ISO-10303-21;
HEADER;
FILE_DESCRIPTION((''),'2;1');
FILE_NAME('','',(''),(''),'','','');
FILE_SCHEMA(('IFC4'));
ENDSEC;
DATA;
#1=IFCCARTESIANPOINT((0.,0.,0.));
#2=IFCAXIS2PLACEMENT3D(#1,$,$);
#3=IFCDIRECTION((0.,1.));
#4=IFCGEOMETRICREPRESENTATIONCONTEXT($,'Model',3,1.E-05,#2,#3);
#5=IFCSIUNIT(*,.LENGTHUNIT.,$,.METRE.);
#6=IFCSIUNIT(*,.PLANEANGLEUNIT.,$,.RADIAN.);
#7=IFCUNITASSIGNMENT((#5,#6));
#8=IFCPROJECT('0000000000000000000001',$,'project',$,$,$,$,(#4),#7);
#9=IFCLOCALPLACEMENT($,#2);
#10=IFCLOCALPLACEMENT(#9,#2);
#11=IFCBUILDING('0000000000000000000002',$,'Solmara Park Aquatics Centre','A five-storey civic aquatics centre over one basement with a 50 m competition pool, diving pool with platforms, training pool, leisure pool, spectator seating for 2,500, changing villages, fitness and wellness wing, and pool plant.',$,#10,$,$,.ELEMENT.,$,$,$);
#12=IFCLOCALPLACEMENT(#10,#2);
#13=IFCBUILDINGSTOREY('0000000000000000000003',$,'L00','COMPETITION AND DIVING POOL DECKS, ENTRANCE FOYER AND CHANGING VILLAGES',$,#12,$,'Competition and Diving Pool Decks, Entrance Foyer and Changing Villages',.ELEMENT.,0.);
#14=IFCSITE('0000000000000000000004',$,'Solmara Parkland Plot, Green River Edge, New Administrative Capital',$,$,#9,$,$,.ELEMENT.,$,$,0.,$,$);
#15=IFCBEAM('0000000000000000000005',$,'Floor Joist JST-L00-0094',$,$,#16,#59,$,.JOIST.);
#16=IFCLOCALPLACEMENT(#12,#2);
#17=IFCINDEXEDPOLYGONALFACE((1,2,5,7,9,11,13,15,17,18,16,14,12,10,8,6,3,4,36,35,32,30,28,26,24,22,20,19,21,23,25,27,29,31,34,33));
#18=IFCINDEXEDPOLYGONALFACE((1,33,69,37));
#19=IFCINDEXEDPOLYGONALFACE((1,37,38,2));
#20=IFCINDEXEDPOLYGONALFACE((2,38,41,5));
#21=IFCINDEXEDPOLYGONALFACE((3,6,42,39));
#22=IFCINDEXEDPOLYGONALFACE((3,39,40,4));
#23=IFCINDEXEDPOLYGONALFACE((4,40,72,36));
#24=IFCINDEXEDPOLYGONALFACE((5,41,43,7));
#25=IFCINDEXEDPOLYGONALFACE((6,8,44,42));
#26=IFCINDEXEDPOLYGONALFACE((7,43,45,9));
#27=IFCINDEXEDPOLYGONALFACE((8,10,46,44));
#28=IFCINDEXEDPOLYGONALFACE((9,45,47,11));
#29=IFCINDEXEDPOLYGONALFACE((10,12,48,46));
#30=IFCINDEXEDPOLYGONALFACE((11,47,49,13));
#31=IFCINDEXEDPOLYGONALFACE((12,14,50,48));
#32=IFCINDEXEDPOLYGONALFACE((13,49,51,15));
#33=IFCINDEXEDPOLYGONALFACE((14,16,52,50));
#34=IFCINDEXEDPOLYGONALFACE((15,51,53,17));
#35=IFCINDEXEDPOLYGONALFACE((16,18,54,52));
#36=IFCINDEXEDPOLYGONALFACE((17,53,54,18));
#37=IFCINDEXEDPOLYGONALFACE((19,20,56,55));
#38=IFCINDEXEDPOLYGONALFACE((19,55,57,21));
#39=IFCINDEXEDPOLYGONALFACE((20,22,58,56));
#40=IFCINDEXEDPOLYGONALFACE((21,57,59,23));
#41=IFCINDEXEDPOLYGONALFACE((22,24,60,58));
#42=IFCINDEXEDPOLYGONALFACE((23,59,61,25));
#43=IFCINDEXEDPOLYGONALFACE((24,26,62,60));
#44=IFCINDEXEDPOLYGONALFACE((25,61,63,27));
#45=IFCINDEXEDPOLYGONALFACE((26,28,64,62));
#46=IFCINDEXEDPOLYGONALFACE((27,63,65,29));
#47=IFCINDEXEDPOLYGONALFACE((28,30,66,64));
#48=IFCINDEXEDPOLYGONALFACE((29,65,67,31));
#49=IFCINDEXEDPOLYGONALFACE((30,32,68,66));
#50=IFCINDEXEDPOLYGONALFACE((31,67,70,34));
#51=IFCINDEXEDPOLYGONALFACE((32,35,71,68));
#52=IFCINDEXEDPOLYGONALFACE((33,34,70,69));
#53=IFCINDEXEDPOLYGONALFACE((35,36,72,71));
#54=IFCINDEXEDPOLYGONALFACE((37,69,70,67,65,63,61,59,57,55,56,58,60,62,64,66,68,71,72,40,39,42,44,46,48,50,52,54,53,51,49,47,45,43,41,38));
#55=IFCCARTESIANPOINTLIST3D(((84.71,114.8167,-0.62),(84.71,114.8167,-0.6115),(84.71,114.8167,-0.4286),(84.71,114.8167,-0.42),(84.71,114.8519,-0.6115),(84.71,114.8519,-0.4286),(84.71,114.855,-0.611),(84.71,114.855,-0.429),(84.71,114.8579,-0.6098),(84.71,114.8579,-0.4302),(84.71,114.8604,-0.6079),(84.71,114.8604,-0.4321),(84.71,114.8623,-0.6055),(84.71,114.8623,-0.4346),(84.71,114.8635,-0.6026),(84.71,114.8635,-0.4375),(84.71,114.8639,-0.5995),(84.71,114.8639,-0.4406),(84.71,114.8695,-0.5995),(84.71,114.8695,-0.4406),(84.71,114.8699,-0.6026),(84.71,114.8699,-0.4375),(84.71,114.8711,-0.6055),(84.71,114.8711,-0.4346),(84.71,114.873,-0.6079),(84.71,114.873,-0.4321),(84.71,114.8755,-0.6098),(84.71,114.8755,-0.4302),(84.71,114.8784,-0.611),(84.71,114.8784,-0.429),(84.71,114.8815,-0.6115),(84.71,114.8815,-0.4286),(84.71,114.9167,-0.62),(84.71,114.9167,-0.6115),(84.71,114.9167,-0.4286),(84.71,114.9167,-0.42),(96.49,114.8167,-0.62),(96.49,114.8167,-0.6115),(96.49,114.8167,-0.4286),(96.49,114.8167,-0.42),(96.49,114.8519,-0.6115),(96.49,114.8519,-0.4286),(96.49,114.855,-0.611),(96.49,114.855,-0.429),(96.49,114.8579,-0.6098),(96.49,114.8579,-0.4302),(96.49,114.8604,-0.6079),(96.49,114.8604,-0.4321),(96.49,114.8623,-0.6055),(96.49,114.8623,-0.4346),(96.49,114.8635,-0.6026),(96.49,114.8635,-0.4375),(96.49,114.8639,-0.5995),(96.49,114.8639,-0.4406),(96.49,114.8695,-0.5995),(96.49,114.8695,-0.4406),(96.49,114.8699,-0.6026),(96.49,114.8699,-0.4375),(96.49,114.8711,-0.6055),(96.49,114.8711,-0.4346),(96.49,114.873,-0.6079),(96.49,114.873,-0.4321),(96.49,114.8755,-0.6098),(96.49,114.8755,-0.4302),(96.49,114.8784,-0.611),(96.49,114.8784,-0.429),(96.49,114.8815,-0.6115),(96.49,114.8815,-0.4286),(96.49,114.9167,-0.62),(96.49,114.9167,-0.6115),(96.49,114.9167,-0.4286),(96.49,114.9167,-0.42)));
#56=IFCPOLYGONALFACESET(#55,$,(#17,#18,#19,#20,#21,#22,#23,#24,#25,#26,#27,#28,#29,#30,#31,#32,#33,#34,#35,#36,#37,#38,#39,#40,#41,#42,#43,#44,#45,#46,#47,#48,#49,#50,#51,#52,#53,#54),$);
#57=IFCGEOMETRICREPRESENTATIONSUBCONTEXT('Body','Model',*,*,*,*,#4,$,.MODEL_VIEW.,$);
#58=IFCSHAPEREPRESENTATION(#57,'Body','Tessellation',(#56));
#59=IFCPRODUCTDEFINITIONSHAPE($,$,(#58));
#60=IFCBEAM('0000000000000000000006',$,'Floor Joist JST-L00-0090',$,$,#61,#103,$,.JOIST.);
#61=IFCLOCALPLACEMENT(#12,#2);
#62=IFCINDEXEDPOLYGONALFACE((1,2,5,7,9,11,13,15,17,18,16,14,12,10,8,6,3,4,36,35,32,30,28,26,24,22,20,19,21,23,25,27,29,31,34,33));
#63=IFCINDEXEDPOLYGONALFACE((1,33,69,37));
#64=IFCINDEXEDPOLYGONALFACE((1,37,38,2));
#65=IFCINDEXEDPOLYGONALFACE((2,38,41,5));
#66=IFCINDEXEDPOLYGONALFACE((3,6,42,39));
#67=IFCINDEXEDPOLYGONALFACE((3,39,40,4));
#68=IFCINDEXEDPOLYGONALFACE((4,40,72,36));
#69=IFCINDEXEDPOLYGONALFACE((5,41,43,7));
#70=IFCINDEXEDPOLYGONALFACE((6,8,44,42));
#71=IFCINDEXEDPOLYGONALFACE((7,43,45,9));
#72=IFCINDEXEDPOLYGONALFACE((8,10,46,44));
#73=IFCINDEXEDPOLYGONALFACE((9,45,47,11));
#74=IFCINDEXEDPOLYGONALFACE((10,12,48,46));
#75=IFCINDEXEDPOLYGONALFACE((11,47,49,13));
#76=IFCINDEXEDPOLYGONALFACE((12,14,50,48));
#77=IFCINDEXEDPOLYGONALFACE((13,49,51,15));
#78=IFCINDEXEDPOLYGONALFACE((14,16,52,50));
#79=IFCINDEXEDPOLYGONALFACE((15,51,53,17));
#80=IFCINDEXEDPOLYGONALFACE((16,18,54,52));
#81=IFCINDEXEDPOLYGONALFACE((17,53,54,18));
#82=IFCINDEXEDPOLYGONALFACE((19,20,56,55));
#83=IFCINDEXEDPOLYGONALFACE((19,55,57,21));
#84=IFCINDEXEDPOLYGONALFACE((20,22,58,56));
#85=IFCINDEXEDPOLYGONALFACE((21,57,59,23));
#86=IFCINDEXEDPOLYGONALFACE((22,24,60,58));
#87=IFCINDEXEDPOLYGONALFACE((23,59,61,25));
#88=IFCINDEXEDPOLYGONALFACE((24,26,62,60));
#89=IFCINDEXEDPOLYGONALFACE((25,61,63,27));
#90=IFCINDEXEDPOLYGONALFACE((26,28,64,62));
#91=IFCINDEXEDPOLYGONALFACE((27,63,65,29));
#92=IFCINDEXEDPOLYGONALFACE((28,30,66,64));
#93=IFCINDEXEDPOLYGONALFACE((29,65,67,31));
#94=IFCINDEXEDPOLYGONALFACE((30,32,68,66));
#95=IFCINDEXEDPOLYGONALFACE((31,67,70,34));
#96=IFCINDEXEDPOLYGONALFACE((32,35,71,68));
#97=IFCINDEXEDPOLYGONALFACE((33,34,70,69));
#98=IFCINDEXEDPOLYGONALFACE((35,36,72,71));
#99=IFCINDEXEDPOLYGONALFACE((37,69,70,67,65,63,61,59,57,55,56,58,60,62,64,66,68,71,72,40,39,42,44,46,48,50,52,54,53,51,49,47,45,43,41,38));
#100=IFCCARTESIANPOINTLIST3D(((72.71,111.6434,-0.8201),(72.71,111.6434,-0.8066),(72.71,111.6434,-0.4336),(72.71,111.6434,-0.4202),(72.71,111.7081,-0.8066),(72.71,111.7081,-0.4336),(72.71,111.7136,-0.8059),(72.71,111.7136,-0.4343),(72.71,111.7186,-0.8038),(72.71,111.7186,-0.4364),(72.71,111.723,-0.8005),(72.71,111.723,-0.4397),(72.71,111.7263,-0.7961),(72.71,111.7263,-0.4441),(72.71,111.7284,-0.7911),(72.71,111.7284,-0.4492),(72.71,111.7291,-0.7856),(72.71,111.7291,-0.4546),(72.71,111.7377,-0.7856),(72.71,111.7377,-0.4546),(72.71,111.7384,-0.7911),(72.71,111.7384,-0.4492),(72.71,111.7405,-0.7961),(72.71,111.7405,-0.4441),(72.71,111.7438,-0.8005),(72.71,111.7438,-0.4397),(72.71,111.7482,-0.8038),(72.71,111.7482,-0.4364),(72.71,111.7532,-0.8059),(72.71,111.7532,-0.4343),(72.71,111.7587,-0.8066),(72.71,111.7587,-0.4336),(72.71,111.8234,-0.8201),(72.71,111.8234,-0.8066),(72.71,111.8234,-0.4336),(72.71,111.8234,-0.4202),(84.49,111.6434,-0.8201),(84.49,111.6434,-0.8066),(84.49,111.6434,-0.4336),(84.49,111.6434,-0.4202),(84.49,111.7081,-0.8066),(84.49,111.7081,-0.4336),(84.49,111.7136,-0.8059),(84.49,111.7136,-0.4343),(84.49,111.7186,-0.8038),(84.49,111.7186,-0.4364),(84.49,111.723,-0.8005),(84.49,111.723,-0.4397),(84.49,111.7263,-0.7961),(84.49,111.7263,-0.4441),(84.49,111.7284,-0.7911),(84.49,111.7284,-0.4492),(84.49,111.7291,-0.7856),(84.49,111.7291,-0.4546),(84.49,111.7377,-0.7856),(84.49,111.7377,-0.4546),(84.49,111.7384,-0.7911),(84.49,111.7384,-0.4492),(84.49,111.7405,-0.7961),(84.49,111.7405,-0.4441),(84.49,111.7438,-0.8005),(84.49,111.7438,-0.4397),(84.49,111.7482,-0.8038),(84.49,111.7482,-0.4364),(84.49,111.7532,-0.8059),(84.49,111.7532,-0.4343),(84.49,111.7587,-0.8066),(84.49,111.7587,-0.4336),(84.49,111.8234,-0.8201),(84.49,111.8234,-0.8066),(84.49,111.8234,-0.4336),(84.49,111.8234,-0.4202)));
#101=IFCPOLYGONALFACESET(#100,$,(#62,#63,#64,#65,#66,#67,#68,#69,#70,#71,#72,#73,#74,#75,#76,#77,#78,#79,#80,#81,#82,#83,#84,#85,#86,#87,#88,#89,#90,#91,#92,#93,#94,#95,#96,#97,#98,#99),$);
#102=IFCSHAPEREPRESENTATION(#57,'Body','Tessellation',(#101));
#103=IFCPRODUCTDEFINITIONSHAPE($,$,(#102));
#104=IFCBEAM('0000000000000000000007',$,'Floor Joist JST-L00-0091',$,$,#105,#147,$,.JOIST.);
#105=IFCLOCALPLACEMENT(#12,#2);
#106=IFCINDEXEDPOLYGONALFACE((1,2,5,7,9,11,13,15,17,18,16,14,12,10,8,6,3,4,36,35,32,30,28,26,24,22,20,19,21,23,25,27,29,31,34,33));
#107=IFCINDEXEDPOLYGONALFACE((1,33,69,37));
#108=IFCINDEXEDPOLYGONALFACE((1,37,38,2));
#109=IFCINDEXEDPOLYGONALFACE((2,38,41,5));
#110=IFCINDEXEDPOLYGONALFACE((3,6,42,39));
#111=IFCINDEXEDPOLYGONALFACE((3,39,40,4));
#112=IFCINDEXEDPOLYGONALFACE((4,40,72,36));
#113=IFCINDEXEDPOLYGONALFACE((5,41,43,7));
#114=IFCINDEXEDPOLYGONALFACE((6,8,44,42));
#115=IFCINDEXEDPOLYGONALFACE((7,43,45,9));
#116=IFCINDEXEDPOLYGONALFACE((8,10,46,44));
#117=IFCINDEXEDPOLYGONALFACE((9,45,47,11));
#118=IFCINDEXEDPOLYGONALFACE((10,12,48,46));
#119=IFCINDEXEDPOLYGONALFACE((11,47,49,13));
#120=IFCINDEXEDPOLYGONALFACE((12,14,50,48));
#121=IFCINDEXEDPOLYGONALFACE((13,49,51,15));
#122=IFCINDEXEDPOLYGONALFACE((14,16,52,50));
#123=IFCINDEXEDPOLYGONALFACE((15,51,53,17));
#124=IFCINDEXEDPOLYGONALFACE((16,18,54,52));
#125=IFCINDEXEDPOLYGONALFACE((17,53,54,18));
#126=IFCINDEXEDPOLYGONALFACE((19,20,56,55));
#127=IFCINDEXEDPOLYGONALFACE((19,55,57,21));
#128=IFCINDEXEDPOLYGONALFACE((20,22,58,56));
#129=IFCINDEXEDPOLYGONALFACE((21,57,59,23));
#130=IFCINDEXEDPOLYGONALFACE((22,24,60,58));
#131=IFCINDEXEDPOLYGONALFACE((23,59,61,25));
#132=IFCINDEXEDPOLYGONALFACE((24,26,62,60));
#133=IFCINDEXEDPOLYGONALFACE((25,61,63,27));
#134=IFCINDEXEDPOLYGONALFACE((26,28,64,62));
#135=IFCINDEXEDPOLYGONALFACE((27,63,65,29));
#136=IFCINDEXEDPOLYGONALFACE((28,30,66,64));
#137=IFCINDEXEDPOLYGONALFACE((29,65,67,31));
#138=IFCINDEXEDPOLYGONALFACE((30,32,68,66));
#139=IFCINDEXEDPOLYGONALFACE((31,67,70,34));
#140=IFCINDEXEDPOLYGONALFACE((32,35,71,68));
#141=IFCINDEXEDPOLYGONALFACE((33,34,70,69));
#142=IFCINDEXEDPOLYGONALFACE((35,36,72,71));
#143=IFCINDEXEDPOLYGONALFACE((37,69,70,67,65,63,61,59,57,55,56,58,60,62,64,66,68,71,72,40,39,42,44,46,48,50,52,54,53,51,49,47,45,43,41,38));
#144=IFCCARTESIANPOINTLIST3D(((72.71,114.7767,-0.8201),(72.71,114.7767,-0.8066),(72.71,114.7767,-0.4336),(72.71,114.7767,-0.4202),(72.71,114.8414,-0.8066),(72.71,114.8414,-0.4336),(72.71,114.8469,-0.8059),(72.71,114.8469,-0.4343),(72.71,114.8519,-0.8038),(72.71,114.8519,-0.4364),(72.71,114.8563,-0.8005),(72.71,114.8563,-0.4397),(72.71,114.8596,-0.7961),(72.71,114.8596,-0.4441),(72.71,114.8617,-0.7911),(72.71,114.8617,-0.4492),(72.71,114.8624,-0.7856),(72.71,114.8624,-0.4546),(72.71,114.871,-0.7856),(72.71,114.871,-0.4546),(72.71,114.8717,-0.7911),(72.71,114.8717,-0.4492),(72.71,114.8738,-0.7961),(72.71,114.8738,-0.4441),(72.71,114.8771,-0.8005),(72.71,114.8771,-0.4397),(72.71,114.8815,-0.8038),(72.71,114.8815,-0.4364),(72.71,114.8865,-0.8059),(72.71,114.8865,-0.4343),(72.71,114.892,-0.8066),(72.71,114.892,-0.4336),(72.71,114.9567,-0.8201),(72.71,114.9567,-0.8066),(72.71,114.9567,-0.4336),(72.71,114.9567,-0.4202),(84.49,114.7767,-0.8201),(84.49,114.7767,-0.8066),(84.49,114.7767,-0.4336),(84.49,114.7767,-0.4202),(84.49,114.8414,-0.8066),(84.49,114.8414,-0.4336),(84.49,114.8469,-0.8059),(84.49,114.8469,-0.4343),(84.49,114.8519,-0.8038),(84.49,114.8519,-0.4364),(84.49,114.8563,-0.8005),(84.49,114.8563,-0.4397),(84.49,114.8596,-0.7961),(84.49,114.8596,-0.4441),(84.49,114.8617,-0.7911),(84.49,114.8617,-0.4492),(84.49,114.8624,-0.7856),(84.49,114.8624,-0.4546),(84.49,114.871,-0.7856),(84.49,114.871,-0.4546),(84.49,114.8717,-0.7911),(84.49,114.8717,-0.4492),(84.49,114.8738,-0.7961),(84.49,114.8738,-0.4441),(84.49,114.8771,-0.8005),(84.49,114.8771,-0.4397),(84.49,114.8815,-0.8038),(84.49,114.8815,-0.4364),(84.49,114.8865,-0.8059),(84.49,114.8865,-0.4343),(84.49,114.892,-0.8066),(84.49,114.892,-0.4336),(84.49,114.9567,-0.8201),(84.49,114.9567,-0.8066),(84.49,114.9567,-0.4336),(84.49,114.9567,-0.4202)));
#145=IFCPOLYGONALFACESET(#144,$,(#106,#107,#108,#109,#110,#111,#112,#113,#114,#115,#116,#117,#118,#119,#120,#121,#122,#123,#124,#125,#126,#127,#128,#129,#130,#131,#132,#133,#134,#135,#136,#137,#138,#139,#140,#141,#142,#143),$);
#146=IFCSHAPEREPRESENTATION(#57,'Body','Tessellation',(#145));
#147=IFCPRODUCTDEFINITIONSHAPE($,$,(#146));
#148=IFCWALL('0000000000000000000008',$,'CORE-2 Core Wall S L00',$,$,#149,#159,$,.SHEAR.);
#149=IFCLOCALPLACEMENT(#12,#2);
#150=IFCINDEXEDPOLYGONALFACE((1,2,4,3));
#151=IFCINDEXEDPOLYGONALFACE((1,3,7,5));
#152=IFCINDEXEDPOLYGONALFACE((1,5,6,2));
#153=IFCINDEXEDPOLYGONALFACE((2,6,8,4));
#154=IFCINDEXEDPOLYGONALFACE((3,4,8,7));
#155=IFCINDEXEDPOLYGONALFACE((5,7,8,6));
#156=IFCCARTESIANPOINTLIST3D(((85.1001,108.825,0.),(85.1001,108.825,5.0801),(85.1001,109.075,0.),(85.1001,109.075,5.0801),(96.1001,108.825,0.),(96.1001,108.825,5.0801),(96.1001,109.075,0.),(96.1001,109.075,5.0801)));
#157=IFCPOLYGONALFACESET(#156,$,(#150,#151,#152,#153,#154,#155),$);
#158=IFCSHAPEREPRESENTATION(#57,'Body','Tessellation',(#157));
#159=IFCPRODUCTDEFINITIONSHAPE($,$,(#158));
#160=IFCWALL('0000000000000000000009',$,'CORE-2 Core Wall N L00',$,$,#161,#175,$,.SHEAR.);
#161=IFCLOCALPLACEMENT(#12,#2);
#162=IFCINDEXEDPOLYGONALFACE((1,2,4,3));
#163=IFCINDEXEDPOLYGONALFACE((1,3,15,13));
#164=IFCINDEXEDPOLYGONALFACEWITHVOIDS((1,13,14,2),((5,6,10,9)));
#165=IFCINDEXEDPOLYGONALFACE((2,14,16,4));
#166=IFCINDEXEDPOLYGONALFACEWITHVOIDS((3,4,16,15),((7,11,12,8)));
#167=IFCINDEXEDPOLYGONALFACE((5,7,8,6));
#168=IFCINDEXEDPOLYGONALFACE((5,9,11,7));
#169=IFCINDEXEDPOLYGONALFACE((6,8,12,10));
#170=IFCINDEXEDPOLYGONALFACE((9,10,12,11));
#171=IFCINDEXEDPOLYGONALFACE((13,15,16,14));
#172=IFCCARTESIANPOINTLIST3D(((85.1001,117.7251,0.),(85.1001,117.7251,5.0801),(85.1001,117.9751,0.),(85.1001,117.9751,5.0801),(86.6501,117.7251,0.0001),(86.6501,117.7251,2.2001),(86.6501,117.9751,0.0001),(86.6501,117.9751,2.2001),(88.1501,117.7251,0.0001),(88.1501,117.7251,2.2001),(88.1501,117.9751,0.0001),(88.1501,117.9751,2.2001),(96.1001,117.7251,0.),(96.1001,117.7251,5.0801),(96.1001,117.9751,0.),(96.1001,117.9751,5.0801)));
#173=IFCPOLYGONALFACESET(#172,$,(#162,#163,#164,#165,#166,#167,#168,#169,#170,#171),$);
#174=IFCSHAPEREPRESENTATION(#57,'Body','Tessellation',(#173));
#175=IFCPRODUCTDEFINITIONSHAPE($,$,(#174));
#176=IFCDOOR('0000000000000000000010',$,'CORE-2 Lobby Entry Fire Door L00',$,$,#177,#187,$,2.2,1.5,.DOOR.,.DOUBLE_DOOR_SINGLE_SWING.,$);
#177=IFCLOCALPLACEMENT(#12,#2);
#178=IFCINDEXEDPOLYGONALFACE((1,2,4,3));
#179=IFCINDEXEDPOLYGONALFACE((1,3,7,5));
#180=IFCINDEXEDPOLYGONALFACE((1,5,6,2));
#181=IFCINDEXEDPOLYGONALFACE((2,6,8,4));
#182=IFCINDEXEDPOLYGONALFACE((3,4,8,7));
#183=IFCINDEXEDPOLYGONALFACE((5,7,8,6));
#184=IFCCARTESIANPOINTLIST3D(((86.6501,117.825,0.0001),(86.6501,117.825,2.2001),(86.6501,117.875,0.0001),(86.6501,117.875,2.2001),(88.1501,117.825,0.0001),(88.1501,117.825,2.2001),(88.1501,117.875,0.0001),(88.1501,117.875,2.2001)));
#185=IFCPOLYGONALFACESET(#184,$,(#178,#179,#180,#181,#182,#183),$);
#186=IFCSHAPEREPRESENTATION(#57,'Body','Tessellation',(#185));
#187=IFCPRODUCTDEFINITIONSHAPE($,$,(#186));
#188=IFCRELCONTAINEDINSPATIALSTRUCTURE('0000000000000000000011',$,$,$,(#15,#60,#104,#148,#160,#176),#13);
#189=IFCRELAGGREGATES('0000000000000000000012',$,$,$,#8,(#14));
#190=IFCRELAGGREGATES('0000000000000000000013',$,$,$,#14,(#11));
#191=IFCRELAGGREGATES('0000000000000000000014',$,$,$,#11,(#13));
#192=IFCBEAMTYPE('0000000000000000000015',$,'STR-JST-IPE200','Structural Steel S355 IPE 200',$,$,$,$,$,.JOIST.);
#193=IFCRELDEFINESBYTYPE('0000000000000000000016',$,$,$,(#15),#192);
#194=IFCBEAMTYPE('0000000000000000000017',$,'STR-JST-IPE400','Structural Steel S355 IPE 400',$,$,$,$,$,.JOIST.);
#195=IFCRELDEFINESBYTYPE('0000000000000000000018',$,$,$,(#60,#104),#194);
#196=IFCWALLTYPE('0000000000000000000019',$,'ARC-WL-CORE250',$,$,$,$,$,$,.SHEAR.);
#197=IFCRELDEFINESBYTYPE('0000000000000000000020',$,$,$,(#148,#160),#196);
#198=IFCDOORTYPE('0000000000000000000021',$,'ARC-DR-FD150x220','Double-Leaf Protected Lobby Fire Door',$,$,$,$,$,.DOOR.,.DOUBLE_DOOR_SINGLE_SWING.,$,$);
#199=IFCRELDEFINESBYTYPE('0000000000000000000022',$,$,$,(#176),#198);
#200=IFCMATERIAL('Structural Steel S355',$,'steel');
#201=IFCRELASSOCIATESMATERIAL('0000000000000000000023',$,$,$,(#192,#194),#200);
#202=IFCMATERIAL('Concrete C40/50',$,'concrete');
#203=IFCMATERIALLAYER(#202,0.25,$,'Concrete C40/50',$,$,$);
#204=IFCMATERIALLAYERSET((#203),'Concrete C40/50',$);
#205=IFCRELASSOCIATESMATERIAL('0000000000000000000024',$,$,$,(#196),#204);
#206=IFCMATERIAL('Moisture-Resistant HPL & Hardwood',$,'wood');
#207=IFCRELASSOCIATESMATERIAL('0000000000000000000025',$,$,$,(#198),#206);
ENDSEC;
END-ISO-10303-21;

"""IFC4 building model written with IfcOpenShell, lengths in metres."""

from ifc_helpers import new_model, si_unit, direction, frame, frame_2d, origin, origin_2d, place, context, subcontext, project, spatial, rectangle, i_section, extrude, material, layer, layer_set, material_profile, profile_set, type_object, element, fill, save


model = new_model("IFC4")

# Units and contexts
model_context = context("Model", 3, precision=1e-05, world=origin(), true_north=direction((0.0, 1.0)))
body_context = subcontext(model_context, "Body", "Model", "MODEL_VIEW")
ifc_project = project(units=[si_unit("LENGTHUNIT", "METRE"), si_unit("PLANEANGLEUNIT", "RADIAN")], contexts=[model_context])

# Site, building, storey
site_placement = place(None, origin())
site = spatial("IfcSite", under=ifc_project, at=site_placement, Name="Solmara Parkland Plot, Green River Edge, New Administrative Capital", CompositionType="ELEMENT", RefElevation=0.0)
building_placement = place(site_placement, origin())
building = spatial("IfcBuilding", under=site, at=building_placement, Name="Solmara Park Aquatics Centre", Description="A five-storey civic aquatics centre over one basement with a 50 m competition pool, diving pool with platforms, training pool, leisure pool, spectator seating for 2,500, changing villages, fitness and wellness wing, and pool plant.", CompositionType="ELEMENT")
storey_placement = place(building_placement, origin())
storey = spatial("IfcBuildingStorey", under=building, at=storey_placement, Name="L00", Description="COMPETITION AND DIVING POOL DECKS, ENTRANCE FOYER AND CHANGING VILLAGES", LongName="Competition and Diving Pool Decks, Entrance Foyer and Changing Villages", CompositionType="ELEMENT", Elevation=0.0)

# Shared definitions
ifc_material_1 = material(Name="Concrete C40/50", Category="concrete")

# Beams
ifc_material_2 = material(Name="Structural Steel S355", Category="steel")
ifc_material_profile_1 = material_profile(ifc_material_2, i_section(OverallWidth=0.1001, OverallDepth=0.2, WebThickness=0.0056, FlangeThickness=0.0085, FilletRadius=0.012, at=origin_2d()), Name="IPE 200")
ifc_profile_set_1 = profile_set([ifc_material_profile_1], Name="Structural Steel S355")
beam_type_1 = type_object("IfcBeamType", Name="STR-JST-IPE200", Description="Structural Steel S355 IPE 200", PredefinedType="JOIST", material=ifc_profile_set_1)
beam_1_placement = place(storey_placement, frame((84.71, 114.8667, -0.52), z_axis=(1.0, 0.0, 0.0), x_axis=(0.0, 1.0, 0.0)))
element("IfcBeam", 1, at=beam_1_placement, inside=storey, type_object=beam_type_1, Name="Floor Joist JST-L00-0094", PredefinedType="JOIST", context=body_context, shape_type="SweptSolid", body=[
    extrude(i_section(OverallWidth=0.1001, OverallDepth=0.2, WebThickness=0.0056, FlangeThickness=0.0085, FilletRadius=0.012, at=origin_2d()), origin(), (0.0, 0.0, 1.0), 11.78),
])
ifc_material_profile_2 = material_profile(ifc_material_2, i_section(OverallWidth=0.1799, OverallDepth=0.3999, WebThickness=0.0085, FlangeThickness=0.0134, FilletRadius=0.021, at=origin_2d()), Name="IPE 400")
ifc_profile_set_2 = profile_set([ifc_material_profile_2], Name="Structural Steel S355")
beam_type_2 = type_object("IfcBeamType", Name="STR-JST-IPE400", Description="Structural Steel S355 IPE 400", PredefinedType="JOIST", material=ifc_profile_set_2)
for number, where, z_axis, x_axis, name in (
    (2, (72.71, 111.7334, -0.6201), (1.0, 0.0, 0.0), (0.0, 1.0, 0.0), "Floor Joist JST-L00-0090"),
    (3, (72.71, 114.8667, -0.6201), (1.0, 0.0, 0.0), (0.0, 1.0, 0.0), "Floor Joist JST-L00-0091"),
):
    element("IfcBeam", number, at=place(storey_placement, frame(where, z_axis=z_axis, x_axis=x_axis)), inside=storey, type_object=beam_type_2, Name=name, PredefinedType="JOIST", context=body_context, shape_type="SweptSolid", body=[
        extrude(i_section(OverallWidth=0.1799, OverallDepth=0.3999, WebThickness=0.0085, FlangeThickness=0.0134, FilletRadius=0.021, at=origin_2d()), origin(), (0.0, 0.0, 1.0), 11.78),
    ])

# Wall
ifc_layer_1 = layer(ifc_material_1, 0.25, Name="Concrete C40/50")
ifc_layer_set_1 = layer_set([ifc_layer_1], Name="Concrete C40/50")
wall_type_1 = type_object("IfcWallType", Name="ARC-WL-CORE250", PredefinedType="SHEAR", material=ifc_layer_set_1)
wall_1_placement = place(storey_placement, frame((85.1001, 108.95, 0.0), z_axis=(0.0, 0.0, 1.0), x_axis=(1.0, 0.0, 0.0)))
element("IfcWall", 4, at=wall_1_placement, inside=storey, type_object=wall_type_1, Name="CORE-2 Core Wall S L00", PredefinedType="SHEAR", context=body_context, shape_type="SweptSolid", body=[
    extrude(rectangle(XDim=11.0, YDim=0.25, at=frame_2d((5.5, 0.0))), origin(), (0.0, 0.0, 1.0), 5.0801),
])

# Wall, opening, door
wall_2_placement = place(storey_placement, frame((85.1001, 117.8501, 0.0), z_axis=(0.0, 0.0, 1.0), x_axis=(1.0, 0.0, 0.0)))
wall_2 = element("IfcWall", 5, at=wall_2_placement, inside=storey, type_object=wall_type_1, Name="CORE-2 Core Wall N L00", PredefinedType="SHEAR", context=body_context, shape_type="SweptSolid", body=[
    extrude(rectangle(XDim=11.0, YDim=0.25, at=frame_2d((5.5, 0.0))), origin(), (0.0, 0.0, 1.0), 5.0801),
])
opening_1_placement = place(wall_2_placement, frame((1.55, 0.0, 0.0)))
opening_1 = element("IfcOpeningElement", 6, at=opening_1_placement, cuts=wall_2, PredefinedType="OPENING", context=body_context, shape_type="SweptSolid", body=[
    extrude(rectangle(XDim=1.5, YDim=2.2, at=frame_2d((0.75, 1.1001))), frame((0.0, 0.135, 0.0), z_axis=(0.0, -1.0, 0.0), x_axis=(1.0, 0.0, 0.0)), (0.0, 0.0, 1.0), 0.27),
])
ifc_material_3 = material(Name="Moisture-Resistant HPL & Hardwood", Category="wood")
door_type_1 = type_object("IfcDoorType", Name="ARC-DR-FD150x220", Description="Double-Leaf Protected Lobby Fire Door", OperationType="DOUBLE_DOOR_SINGLE_SWING", PredefinedType="DOOR", material=ifc_material_3)
door_1_placement = place(opening_1_placement, origin())
door_1 = element("IfcDoor", 7, at=door_1_placement, inside=storey, type_object=door_type_1, Name="CORE-2 Lobby Entry Fire Door L00", OperationType="DOUBLE_DOOR_SINGLE_SWING", OverallHeight=2.2, OverallWidth=1.5, PredefinedType="DOOR", context=body_context, shape_type="SweptSolid", body=[
    extrude(rectangle(XDim=1.5, YDim=2.2, at=frame_2d((0.75, 1.1001))), frame((0.0, 0.0249, 0.0), z_axis=(0.0, -1.0, 0.0), x_axis=(1.0, 0.0, 0.0)), (0.0, 0.0, 1.0), 0.05),
])
fill(opening_1, door_1)

save(model, "model.ifc")
